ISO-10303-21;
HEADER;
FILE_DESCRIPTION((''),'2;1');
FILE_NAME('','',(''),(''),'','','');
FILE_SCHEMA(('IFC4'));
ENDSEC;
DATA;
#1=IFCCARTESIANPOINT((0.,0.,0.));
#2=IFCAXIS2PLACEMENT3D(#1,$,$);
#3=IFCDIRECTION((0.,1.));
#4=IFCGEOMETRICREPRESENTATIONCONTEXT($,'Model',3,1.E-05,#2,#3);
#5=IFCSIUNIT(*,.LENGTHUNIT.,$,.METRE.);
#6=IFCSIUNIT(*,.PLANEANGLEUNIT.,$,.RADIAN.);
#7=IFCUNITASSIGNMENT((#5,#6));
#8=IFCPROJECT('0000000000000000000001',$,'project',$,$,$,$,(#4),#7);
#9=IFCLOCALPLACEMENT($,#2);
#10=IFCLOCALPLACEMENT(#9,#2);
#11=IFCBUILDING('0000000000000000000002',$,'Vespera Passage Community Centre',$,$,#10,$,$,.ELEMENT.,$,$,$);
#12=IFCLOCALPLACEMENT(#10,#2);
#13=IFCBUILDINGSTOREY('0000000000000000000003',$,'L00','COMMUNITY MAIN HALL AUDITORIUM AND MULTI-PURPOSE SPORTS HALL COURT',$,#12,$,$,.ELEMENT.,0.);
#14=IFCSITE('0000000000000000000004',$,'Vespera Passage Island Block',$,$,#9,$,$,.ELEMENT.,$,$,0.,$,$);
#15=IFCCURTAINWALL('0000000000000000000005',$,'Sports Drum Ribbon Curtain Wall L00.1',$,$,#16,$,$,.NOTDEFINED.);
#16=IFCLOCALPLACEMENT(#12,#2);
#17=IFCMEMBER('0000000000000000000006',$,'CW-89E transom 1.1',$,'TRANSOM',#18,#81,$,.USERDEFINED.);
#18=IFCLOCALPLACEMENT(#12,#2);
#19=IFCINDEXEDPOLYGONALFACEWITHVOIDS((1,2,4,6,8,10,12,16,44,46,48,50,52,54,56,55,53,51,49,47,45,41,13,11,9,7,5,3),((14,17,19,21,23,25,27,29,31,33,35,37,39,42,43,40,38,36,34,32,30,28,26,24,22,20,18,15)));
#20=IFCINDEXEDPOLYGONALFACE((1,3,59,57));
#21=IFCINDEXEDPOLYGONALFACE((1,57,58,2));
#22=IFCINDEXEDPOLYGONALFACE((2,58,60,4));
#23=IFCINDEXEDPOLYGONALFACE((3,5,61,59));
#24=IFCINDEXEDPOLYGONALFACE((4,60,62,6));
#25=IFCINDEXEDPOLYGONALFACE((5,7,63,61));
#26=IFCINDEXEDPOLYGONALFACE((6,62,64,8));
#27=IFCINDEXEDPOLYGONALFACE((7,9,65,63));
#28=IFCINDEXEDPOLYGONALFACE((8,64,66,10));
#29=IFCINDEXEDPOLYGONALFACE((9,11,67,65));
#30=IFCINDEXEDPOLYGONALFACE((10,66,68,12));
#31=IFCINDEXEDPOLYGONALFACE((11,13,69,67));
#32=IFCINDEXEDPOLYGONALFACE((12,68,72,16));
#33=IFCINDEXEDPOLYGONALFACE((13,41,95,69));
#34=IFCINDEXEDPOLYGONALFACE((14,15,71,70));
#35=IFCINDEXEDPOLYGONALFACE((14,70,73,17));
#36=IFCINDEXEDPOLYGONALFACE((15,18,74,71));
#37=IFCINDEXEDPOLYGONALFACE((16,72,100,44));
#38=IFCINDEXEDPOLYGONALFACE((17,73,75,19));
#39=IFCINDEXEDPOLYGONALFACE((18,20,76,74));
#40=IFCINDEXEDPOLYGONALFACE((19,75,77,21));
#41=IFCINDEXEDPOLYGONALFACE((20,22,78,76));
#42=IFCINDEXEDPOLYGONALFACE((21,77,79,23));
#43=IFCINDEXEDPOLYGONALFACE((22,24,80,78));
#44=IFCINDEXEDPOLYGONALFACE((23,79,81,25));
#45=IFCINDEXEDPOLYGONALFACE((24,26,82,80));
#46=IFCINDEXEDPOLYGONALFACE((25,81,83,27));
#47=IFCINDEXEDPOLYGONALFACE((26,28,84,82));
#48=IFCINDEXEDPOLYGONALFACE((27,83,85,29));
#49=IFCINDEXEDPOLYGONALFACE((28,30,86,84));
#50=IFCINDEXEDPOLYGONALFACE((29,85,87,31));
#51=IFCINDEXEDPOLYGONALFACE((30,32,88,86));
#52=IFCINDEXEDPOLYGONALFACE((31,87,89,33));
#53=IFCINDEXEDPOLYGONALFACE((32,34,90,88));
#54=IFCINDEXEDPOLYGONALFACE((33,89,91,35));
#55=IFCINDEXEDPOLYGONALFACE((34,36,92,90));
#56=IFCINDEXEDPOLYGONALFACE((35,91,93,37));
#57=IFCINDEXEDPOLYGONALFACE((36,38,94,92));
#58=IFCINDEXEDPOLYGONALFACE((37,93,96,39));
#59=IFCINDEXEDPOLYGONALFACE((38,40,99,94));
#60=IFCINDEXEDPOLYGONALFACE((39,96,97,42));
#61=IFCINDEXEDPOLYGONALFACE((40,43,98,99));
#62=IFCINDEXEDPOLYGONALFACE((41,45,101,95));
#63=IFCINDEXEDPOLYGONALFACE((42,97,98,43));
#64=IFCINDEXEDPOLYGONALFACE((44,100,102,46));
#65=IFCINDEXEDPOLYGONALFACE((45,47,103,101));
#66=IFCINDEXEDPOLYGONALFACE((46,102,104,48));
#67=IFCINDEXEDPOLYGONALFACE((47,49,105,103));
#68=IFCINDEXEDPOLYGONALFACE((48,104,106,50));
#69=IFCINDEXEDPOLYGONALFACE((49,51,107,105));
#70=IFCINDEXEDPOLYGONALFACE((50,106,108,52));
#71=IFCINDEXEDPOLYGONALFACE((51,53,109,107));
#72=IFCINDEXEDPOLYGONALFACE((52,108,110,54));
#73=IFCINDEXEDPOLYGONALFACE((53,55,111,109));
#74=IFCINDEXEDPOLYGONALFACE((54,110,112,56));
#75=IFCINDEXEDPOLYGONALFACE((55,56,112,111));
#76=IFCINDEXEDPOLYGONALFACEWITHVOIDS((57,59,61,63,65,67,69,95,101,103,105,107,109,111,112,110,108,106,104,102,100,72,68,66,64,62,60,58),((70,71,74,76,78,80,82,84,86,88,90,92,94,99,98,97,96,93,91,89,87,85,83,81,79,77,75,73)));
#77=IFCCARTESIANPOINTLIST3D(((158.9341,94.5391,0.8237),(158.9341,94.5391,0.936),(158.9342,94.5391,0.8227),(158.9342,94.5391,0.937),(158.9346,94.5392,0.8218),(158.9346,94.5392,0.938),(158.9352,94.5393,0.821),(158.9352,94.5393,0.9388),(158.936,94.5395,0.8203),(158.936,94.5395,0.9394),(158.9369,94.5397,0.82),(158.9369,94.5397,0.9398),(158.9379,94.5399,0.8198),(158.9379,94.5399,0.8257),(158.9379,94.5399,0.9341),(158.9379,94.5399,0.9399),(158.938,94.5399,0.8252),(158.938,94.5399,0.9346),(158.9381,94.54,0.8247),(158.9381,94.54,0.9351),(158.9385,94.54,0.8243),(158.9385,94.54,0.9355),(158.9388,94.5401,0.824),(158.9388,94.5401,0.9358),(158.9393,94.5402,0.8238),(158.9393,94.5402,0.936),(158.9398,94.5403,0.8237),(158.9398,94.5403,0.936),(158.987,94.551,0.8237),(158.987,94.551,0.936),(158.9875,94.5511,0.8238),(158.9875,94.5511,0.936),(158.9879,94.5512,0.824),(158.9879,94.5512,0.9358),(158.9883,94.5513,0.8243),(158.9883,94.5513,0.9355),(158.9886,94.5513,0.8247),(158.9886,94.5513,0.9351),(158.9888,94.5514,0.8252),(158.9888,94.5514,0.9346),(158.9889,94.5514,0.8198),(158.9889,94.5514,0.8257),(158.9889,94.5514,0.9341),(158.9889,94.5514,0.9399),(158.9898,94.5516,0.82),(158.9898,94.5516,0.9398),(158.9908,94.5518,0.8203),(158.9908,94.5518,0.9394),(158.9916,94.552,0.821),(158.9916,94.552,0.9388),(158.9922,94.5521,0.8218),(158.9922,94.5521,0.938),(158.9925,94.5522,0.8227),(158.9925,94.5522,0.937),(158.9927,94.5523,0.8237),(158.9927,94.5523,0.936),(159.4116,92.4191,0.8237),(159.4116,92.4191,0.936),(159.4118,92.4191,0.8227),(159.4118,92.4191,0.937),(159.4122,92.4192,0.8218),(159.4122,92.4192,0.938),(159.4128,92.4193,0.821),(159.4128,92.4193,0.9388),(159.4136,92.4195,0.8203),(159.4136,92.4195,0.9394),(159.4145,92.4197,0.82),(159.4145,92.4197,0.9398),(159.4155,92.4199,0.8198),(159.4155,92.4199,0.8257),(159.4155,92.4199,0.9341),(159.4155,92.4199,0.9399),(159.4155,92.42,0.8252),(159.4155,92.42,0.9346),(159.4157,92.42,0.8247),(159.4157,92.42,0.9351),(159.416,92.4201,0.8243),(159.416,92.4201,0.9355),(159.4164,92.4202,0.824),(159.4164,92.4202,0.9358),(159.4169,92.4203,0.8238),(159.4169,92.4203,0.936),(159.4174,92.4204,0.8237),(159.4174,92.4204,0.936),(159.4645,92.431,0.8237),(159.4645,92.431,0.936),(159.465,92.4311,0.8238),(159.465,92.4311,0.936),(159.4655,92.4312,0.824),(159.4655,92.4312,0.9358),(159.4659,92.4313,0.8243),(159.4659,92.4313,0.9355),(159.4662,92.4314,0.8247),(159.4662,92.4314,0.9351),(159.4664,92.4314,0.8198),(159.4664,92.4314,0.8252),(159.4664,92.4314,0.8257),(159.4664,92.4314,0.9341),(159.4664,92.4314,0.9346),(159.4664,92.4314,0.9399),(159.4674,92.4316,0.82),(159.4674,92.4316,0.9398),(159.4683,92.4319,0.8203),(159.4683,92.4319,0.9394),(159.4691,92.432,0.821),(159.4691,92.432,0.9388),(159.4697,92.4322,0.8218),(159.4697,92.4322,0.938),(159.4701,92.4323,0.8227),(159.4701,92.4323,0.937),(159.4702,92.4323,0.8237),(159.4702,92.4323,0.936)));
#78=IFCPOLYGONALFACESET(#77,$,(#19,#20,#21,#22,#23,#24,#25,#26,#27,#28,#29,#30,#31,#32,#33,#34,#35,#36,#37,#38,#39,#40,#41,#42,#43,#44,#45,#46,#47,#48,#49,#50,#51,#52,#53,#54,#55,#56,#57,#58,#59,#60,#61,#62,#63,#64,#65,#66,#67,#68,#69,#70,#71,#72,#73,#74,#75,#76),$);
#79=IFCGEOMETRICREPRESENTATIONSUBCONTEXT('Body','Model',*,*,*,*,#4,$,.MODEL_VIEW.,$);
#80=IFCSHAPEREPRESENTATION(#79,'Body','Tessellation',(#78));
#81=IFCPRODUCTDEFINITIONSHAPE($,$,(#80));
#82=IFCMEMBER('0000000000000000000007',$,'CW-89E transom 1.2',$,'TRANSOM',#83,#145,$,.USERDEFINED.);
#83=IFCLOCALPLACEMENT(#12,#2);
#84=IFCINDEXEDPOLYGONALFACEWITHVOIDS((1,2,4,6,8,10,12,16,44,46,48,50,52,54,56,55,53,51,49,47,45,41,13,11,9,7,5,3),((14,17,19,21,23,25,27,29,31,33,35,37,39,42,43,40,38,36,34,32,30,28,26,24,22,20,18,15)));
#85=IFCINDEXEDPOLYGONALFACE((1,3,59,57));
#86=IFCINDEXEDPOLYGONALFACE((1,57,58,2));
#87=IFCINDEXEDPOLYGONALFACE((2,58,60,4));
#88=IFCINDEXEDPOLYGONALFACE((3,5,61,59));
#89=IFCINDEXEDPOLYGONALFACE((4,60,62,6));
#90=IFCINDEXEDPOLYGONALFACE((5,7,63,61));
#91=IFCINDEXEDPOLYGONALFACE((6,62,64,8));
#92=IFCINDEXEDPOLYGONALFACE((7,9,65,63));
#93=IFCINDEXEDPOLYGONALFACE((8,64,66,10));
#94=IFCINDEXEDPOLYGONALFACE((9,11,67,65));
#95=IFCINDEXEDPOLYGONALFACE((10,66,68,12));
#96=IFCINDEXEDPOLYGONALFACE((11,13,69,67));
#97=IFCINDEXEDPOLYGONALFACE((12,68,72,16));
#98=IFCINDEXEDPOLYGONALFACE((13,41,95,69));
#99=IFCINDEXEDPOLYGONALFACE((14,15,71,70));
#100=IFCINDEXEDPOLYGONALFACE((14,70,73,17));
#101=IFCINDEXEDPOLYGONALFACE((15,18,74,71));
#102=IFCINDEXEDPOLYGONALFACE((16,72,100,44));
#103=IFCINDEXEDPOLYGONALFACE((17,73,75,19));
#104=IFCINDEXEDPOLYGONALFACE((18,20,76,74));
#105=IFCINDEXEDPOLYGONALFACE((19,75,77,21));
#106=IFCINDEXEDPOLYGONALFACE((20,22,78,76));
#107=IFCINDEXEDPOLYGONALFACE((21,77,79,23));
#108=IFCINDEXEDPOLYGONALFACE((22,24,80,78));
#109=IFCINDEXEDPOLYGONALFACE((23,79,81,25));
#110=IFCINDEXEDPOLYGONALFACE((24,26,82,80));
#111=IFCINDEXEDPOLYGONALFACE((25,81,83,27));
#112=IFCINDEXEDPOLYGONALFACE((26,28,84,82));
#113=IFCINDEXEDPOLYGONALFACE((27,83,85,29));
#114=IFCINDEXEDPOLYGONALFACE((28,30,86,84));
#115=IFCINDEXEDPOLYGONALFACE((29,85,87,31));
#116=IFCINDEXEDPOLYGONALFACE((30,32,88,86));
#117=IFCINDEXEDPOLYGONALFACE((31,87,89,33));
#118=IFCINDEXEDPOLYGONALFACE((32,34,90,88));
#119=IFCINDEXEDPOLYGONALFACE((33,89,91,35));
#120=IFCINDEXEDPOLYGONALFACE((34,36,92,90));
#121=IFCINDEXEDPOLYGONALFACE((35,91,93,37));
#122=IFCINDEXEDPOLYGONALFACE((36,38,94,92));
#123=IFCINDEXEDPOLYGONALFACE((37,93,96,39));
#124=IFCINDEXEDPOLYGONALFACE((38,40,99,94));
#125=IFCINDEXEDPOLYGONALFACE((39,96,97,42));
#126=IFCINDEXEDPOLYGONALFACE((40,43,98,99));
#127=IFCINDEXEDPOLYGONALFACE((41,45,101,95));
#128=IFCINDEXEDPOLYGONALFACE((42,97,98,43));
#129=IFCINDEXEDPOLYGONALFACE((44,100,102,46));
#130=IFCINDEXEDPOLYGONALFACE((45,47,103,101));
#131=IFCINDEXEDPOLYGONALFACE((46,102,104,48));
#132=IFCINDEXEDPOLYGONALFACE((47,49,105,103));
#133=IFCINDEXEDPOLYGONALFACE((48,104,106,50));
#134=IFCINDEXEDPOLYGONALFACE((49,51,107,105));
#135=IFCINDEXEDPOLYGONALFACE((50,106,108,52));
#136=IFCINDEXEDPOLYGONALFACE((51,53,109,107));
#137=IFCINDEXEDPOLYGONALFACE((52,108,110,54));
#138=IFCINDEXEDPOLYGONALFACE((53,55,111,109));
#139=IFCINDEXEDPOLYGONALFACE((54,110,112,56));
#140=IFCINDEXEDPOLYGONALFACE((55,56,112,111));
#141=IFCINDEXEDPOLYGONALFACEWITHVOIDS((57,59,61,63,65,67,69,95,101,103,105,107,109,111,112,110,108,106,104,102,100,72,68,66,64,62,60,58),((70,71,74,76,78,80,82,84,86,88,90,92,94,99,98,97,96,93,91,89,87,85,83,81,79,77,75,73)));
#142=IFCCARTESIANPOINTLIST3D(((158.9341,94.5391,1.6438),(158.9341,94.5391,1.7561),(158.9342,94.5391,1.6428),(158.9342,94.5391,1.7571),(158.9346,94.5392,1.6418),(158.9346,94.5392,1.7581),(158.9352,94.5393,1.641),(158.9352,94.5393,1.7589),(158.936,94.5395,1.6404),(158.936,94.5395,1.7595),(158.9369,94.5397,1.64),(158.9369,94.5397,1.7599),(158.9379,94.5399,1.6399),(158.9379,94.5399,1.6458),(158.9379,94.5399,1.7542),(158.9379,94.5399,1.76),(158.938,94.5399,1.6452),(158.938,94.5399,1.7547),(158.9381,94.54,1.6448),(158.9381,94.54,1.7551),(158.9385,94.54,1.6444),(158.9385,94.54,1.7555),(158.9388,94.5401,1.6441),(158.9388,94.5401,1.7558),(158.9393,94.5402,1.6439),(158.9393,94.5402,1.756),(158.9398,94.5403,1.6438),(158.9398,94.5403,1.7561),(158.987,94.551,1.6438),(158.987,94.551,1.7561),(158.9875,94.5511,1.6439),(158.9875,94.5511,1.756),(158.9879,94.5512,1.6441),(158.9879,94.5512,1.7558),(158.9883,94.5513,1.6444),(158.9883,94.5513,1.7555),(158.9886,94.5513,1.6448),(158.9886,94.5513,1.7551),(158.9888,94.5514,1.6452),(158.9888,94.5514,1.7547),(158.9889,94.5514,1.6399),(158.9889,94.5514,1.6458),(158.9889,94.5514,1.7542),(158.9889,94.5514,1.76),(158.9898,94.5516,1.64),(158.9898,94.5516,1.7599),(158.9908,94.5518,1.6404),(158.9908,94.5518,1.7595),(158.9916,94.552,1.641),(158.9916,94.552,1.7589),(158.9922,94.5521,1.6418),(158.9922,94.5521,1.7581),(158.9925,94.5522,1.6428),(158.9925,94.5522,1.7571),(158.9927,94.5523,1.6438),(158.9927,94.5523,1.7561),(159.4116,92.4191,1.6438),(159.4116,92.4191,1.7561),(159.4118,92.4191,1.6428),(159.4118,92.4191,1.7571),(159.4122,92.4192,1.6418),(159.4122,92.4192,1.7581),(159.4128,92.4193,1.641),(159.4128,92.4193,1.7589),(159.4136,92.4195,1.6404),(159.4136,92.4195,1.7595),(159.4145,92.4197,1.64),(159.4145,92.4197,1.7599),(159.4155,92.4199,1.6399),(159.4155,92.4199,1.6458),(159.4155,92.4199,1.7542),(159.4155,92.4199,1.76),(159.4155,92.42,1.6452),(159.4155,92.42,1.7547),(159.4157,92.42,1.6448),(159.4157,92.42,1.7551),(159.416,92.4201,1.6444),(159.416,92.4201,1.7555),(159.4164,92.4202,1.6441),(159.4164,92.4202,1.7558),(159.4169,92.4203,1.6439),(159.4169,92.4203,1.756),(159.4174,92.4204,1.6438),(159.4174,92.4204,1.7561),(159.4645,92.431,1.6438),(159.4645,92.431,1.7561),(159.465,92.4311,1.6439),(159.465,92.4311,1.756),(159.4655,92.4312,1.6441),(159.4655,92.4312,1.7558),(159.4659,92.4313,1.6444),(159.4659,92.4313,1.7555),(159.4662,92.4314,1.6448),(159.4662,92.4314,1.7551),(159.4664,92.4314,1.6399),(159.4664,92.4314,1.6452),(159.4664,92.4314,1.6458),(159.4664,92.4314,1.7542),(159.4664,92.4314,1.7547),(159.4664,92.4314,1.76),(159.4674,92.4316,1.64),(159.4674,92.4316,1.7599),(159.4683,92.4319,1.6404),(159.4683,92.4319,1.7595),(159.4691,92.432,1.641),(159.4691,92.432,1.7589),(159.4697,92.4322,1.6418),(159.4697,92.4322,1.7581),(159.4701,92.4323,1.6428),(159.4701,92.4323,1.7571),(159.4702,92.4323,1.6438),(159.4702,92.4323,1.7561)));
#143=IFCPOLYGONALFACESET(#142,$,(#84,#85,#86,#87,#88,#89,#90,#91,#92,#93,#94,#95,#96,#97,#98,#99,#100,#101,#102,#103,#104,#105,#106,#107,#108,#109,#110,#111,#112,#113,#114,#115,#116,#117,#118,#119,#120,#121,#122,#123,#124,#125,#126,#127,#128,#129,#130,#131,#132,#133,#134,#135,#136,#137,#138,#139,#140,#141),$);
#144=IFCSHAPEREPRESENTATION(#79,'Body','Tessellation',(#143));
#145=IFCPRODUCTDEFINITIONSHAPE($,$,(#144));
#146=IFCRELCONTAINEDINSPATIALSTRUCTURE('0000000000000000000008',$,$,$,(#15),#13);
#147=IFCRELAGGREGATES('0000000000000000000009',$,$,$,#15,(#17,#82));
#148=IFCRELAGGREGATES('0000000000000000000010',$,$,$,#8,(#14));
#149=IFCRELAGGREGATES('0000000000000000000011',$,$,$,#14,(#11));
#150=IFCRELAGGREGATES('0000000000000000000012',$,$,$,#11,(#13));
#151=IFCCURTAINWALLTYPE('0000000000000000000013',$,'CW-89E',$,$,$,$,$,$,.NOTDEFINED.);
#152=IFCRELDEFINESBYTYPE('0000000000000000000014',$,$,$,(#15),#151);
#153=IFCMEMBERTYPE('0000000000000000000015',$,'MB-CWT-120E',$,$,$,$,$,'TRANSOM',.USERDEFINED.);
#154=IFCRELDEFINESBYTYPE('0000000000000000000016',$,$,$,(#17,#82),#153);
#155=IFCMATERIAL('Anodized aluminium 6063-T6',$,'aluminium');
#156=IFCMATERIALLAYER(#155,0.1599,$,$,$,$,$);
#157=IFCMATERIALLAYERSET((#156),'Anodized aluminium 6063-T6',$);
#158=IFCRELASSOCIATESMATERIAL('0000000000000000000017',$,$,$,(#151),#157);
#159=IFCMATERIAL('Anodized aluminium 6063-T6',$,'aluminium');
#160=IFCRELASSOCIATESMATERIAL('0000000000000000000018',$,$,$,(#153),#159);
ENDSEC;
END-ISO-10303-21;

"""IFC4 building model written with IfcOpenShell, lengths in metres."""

from ifc_helpers import new_model, si_unit, direction, frame, origin, origin_2d, place, context, subcontext, project, spatial, hollow_rectangle, extrude, material, layer, layer_set, material_profile, profile_set, type_object, element, aggregate, save


model = new_model("IFC4")

# Units and contexts
model_context = context("Model", 3, precision=1e-05, world=origin(), true_north=direction((0.0, 1.0)))
body_context = subcontext(model_context, "Body", "Model", "MODEL_VIEW")
ifc_project = project(units=[si_unit("LENGTHUNIT", "METRE"), si_unit("PLANEANGLEUNIT", "RADIAN")], contexts=[model_context])

# Site, building, storey
site_placement = place(None, origin())
site = spatial("IfcSite", under=ifc_project, at=site_placement, Name="Vespera Passage Island Block", CompositionType="ELEMENT", RefElevation=0.0)
building_placement = place(site_placement, origin())
building = spatial("IfcBuilding", under=site, at=building_placement, Name="Vespera Passage Community Centre", CompositionType="ELEMENT")
storey_placement = place(building_placement, origin())
storey = spatial("IfcBuildingStorey", under=building, at=storey_placement, Name="L00", Description="COMMUNITY MAIN HALL AUDITORIUM AND MULTI-PURPOSE SPORTS HALL COURT", CompositionType="ELEMENT", Elevation=0.0)

# Curtain wall
ifc_material_1 = material(Name="Anodized aluminium 6063-T6", Category="aluminium")
ifc_layer_1 = layer(ifc_material_1, 0.1599)
ifc_layer_set_1 = layer_set([ifc_layer_1], Name="Anodized aluminium 6063-T6")
curtain_wall_type_1 = type_object("IfcCurtainWallType", Name="CW-89E", PredefinedType="NOTDEFINED", material=ifc_layer_set_1)
curtain_wall_1_placement = place(storey_placement, origin())
curtain_wall_1 = element("IfcCurtainWall", 1, at=curtain_wall_1_placement, inside=storey, type_object=curtain_wall_type_1, Name="Sports Drum Ribbon Curtain Wall L00.1", PredefinedType="NOTDEFINED")

# Members
ifc_material_2 = material(Name="Anodized aluminium 6063-T6", Category="aluminium")
ifc_material_profile_1 = material_profile(ifc_material_2, hollow_rectangle(XDim=0.0601, YDim=0.1201, WallThickness=0.0039, InnerFilletRadius=0.002, OuterFilletRadius=0.0039, at=origin_2d()), Name="ALU120X60X4")
ifc_profile_set_1 = profile_set([ifc_material_profile_1], Name="Anodized aluminium 6063-T6")
member_type_1 = type_object("IfcMemberType", Name="MB-CWT-120E", ElementType="TRANSOM", PredefinedType="USERDEFINED", material=ifc_profile_set_1)
member_1_placement = place(storey_placement, frame((158.9634, 94.5457, 0.8799), z_axis=(0.219761, -0.975554, 0.0), x_axis=(0.975554, 0.219761, 0.0)))
member_1 = element("IfcMember", 2, at=member_1_placement, type_object=member_type_1, Name="CW-89E transom 1.1", ObjectType="TRANSOM", PredefinedType="USERDEFINED", context=body_context, shape_type="SweptSolid", body=[
    extrude(hollow_rectangle(XDim=0.0601, YDim=0.1201, WallThickness=0.0039, InnerFilletRadius=0.002, OuterFilletRadius=0.0039, at=origin_2d()), origin(), (0.0, 0.0, 1.0), 2.1731),
])
member_2_placement = place(storey_placement, frame((158.9634, 94.5457, 1.7), z_axis=(0.219761, -0.975554, 0.0), x_axis=(0.975554, 0.219761, 0.0)))
member_2 = element("IfcMember", 3, at=member_2_placement, type_object=member_type_1, Name="CW-89E transom 1.2", ObjectType="TRANSOM", PredefinedType="USERDEFINED", context=body_context, shape_type="SweptSolid", body=[
    extrude(hollow_rectangle(XDim=0.0601, YDim=0.1201, WallThickness=0.0039, InnerFilletRadius=0.002, OuterFilletRadius=0.0039, at=origin_2d()), origin(), (0.0, 0.0, 1.0), 2.1731),
])

aggregate(curtain_wall_1, [member_1, member_2])

save(model, "model.ifc")
